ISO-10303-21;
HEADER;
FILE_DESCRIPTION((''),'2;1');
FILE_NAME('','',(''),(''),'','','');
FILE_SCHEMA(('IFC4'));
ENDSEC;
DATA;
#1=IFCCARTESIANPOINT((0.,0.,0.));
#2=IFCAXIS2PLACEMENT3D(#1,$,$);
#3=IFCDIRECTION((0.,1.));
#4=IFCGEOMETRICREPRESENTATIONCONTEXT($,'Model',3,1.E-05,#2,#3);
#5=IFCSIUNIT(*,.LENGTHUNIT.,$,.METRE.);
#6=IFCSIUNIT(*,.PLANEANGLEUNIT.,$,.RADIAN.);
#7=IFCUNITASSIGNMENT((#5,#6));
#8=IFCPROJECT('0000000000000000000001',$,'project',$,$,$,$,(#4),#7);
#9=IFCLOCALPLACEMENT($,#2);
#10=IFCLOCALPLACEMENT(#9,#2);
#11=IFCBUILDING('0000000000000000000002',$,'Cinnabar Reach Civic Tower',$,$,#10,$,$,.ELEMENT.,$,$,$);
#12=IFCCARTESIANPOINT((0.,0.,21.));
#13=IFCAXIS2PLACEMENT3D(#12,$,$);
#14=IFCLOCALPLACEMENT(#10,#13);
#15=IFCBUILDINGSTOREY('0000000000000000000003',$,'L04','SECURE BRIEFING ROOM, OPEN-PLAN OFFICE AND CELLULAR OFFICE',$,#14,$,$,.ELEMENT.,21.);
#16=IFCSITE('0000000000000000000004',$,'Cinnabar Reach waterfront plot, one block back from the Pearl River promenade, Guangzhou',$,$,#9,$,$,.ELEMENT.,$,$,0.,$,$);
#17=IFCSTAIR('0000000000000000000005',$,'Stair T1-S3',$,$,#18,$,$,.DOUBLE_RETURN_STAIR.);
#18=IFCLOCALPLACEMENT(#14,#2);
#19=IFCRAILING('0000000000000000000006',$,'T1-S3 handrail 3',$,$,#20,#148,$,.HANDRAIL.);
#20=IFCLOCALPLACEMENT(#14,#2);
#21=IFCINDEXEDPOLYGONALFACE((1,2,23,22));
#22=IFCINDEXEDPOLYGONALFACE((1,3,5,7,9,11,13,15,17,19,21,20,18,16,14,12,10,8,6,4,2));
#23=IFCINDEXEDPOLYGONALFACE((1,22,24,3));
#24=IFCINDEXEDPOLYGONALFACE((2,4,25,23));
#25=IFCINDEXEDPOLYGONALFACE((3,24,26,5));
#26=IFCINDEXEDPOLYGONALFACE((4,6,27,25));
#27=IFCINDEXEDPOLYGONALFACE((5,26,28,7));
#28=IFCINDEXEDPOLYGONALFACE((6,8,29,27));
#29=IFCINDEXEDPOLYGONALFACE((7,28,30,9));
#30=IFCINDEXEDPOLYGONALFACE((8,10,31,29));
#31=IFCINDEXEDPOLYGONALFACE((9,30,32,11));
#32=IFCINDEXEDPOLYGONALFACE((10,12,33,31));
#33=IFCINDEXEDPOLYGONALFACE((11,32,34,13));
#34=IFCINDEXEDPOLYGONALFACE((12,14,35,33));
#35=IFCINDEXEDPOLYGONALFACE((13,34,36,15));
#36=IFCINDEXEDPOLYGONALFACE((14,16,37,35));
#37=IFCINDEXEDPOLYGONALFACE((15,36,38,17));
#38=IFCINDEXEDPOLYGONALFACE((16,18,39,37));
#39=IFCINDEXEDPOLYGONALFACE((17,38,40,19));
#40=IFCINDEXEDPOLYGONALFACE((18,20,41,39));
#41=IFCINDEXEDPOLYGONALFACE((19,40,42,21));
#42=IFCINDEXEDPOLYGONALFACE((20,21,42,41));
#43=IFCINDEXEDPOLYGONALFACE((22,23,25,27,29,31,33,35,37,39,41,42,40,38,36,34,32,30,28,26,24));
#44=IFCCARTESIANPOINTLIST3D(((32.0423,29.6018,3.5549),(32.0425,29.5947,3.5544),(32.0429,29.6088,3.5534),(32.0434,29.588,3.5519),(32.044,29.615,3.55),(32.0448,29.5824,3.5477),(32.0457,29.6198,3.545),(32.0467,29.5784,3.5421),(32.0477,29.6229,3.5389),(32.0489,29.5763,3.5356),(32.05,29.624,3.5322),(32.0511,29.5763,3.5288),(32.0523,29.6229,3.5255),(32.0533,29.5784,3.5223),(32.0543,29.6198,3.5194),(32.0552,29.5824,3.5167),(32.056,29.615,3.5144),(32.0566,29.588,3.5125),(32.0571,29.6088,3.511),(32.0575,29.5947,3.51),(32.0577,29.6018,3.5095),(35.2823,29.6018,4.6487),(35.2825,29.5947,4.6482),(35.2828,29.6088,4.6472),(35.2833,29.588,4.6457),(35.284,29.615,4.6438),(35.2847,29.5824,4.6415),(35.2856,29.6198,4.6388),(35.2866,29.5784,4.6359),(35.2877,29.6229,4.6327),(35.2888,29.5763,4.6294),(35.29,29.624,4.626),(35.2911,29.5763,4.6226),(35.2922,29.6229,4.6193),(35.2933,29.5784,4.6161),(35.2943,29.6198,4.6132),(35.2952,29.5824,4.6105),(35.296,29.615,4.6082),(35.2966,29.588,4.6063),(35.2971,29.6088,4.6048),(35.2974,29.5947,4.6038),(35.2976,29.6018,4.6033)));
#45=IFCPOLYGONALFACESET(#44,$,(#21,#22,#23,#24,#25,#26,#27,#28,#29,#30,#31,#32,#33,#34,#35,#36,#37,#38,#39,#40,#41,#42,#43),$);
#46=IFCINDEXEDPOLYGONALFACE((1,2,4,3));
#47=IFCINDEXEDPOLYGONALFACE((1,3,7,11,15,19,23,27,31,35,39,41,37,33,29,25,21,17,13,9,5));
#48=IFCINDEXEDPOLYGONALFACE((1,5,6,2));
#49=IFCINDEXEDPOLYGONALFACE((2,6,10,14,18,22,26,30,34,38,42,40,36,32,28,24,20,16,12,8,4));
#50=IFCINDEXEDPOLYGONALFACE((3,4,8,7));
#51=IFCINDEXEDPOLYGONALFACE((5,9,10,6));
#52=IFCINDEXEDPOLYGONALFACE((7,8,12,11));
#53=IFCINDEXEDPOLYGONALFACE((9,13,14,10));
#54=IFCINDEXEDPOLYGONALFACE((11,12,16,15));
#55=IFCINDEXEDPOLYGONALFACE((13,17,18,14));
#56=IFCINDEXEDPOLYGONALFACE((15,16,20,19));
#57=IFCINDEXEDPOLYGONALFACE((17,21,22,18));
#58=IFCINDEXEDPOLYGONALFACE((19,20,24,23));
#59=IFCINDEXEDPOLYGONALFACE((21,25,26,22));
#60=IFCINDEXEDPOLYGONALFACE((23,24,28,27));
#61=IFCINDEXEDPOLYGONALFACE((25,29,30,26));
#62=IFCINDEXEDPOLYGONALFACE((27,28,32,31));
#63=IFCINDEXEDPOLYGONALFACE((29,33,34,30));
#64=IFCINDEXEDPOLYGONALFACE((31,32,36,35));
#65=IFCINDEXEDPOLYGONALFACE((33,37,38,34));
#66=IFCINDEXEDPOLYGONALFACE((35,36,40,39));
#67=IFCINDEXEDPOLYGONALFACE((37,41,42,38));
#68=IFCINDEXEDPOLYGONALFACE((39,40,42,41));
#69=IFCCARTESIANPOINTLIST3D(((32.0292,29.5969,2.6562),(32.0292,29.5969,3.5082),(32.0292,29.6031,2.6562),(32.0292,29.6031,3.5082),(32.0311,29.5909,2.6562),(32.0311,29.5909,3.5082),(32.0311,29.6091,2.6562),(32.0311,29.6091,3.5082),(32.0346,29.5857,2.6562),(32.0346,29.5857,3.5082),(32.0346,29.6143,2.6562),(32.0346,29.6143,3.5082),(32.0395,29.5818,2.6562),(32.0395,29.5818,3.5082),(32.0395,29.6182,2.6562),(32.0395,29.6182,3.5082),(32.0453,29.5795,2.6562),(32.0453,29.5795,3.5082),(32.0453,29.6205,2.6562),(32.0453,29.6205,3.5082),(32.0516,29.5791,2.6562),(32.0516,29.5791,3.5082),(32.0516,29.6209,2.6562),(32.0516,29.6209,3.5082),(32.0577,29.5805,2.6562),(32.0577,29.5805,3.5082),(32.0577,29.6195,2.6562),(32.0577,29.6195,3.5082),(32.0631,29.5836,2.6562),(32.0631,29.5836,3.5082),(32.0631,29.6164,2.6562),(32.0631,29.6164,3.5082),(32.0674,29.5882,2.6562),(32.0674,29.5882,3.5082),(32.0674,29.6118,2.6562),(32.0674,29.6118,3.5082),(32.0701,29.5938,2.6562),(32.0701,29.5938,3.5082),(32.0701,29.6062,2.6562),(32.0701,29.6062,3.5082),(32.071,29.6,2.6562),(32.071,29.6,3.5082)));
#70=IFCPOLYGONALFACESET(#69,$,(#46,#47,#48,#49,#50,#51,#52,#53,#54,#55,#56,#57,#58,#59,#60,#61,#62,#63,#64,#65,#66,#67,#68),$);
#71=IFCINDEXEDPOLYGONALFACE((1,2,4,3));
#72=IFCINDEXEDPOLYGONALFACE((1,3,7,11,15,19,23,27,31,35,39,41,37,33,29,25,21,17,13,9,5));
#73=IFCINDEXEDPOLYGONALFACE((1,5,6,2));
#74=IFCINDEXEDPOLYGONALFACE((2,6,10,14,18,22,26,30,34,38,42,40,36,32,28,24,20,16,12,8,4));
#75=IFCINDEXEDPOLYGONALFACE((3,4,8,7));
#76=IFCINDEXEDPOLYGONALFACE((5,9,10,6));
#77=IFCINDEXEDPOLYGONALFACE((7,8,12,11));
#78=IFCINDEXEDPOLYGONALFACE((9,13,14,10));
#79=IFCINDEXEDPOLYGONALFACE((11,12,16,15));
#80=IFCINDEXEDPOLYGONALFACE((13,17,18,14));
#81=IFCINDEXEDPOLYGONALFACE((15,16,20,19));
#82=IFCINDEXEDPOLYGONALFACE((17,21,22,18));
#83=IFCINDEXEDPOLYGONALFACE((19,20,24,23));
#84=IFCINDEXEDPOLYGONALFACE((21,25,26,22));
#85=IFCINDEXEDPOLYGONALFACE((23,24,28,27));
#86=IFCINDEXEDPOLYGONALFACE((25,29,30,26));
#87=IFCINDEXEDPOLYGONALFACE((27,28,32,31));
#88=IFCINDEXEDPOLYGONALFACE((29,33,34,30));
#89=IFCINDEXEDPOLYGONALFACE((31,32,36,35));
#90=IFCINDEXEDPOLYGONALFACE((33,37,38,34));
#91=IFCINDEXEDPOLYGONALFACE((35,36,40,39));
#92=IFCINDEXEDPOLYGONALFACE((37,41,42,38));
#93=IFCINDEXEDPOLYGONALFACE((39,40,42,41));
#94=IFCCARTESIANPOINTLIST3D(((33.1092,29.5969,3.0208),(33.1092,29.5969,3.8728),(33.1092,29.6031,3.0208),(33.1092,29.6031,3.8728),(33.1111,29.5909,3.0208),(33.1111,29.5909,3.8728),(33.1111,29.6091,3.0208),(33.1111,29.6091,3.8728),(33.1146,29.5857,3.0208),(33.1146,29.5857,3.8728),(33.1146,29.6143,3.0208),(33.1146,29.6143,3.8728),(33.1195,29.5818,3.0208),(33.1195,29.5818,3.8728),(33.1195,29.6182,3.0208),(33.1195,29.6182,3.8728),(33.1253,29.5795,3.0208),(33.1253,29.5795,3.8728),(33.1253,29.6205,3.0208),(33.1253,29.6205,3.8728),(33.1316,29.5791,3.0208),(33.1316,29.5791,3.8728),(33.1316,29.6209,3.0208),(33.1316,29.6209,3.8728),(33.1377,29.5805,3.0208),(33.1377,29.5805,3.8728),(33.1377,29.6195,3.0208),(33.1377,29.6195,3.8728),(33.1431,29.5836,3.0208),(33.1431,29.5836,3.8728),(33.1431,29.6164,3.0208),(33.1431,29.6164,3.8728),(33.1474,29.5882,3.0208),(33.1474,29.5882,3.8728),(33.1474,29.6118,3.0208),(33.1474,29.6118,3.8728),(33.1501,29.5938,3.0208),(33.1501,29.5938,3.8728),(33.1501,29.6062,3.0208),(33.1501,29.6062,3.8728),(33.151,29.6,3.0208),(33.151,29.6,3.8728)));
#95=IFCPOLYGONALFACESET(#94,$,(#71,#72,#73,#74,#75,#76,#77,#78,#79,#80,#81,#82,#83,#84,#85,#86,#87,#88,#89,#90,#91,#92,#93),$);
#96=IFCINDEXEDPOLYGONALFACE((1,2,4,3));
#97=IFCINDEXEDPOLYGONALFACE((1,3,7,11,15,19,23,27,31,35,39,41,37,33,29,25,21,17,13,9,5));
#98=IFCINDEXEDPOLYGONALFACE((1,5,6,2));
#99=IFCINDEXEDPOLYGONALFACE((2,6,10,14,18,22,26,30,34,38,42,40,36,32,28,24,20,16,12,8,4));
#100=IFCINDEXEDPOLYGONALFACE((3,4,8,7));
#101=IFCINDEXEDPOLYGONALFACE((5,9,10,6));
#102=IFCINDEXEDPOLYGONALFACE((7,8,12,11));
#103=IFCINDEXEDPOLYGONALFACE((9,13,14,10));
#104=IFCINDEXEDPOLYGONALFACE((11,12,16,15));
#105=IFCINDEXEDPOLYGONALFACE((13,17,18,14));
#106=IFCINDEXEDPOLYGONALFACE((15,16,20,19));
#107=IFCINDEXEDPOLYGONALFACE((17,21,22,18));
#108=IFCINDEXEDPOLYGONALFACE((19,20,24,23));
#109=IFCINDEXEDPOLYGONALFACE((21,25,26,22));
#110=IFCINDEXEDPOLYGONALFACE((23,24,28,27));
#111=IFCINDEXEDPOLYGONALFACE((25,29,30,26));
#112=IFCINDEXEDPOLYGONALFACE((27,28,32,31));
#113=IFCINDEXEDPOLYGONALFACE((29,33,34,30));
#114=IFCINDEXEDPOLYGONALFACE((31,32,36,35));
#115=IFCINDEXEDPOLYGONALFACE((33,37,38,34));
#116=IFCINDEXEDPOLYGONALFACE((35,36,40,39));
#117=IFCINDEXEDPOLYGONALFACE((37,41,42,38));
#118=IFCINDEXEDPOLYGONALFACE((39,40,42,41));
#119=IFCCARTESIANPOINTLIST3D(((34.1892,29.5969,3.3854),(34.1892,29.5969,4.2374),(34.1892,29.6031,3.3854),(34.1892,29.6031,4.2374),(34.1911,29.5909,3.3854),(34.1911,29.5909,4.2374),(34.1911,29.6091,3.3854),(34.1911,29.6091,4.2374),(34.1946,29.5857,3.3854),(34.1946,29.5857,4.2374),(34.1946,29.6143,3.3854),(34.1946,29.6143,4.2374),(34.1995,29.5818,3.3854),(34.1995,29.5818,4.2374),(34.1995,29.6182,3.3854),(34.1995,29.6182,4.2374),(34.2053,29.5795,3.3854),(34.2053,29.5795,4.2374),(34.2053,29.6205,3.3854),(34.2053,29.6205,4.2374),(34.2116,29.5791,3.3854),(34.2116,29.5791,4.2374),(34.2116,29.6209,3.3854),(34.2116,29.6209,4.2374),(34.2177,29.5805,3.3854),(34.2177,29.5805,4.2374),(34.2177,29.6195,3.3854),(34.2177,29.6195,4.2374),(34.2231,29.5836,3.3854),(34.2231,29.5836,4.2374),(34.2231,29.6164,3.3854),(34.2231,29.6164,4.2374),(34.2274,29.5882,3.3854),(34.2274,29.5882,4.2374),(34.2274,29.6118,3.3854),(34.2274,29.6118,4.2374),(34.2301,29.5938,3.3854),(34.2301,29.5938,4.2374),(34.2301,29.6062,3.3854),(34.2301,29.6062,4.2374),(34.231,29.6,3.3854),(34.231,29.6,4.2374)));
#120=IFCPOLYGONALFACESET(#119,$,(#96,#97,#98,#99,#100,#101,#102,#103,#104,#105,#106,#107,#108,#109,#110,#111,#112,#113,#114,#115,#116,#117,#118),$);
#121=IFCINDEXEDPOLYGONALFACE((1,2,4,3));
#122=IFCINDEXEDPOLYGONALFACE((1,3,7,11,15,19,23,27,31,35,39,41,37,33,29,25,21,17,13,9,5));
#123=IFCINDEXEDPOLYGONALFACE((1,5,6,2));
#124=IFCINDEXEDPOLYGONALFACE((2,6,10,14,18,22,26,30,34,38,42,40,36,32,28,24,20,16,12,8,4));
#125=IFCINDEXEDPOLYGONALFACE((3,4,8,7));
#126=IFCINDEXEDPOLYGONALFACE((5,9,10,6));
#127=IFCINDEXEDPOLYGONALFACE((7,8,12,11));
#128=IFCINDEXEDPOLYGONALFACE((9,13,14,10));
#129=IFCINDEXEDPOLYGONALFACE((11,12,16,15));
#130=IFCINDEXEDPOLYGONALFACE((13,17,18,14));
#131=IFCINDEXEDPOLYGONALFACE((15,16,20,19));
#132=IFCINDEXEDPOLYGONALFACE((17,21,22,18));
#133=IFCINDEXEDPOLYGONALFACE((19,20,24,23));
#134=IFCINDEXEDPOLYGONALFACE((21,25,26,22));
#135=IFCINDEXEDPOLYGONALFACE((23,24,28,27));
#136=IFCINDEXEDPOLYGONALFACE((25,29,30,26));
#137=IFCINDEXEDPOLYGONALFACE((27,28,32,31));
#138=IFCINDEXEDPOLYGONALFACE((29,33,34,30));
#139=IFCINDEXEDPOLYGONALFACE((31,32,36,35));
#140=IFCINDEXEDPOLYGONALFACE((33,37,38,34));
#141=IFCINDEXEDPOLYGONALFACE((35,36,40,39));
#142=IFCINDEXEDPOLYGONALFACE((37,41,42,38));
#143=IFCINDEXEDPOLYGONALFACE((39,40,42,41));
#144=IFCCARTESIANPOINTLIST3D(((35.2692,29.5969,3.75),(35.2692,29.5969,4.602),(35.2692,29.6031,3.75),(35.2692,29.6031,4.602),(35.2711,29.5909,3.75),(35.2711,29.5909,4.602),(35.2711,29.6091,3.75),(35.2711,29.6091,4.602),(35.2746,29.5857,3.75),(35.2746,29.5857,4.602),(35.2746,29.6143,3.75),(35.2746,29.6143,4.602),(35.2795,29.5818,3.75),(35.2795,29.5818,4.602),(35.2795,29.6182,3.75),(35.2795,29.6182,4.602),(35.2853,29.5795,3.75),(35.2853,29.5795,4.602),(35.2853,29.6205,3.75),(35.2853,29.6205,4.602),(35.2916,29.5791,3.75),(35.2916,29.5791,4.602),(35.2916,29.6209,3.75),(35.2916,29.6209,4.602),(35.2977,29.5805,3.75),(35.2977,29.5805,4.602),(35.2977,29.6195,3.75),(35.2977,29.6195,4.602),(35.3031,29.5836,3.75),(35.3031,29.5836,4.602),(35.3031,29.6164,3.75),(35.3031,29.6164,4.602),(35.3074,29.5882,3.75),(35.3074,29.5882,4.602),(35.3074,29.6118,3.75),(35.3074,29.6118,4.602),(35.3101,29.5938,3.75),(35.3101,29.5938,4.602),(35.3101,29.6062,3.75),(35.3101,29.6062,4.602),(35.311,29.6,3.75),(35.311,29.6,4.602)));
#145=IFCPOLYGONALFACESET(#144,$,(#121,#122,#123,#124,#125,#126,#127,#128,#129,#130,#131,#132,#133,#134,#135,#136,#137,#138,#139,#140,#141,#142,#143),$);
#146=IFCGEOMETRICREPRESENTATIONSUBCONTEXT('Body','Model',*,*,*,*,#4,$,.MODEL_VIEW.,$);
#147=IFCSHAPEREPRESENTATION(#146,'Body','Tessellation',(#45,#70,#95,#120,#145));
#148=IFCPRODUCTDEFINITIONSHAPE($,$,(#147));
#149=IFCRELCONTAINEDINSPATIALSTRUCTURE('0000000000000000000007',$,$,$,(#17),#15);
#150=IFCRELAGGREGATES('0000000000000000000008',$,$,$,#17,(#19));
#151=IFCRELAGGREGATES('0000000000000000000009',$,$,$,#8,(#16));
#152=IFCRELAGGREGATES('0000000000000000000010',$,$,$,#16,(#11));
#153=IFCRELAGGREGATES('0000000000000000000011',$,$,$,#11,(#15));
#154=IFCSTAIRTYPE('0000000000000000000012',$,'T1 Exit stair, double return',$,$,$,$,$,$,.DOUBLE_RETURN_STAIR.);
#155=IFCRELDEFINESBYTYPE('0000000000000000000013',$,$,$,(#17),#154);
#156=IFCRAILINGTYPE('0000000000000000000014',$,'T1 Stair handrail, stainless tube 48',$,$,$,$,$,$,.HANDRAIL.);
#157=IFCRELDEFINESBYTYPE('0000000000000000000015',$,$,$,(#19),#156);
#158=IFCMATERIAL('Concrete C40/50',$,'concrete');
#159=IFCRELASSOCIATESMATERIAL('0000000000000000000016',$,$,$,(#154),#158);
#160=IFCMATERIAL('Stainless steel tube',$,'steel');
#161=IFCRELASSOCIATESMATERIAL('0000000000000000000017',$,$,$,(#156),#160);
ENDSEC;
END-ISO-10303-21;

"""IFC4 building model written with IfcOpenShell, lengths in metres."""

from ifc_helpers import new_model, si_unit, direction, frame, origin, origin_2d, place, context, subcontext, project, spatial, circle, extrude, material, type_object, element, aggregate, save


model = new_model("IFC4")

# Units and contexts
model_context = context("Model", 3, precision=1e-05, world=origin(), true_north=direction((0.0, 1.0)))
body_context = subcontext(model_context, "Body", "Model", "MODEL_VIEW")
ifc_project = project(units=[si_unit("LENGTHUNIT", "METRE"), si_unit("PLANEANGLEUNIT", "RADIAN")], contexts=[model_context])

# Site, building, storey
site_placement = place(None, origin())
site = spatial("IfcSite", under=ifc_project, at=site_placement, Name="Cinnabar Reach waterfront plot, one block back from the Pearl River promenade, Guangzhou", CompositionType="ELEMENT", RefElevation=0.0)
building_placement = place(site_placement, origin())
building = spatial("IfcBuilding", under=site, at=building_placement, Name="Cinnabar Reach Civic Tower", CompositionType="ELEMENT")
storey_placement = place(building_placement, frame((0.0, 0.0, 21.0)))
storey = spatial("IfcBuildingStorey", under=building, at=storey_placement, Name="L04", Description="SECURE BRIEFING ROOM, OPEN-PLAN OFFICE AND CELLULAR OFFICE", CompositionType="ELEMENT", Elevation=21.0)

# Stair, railing
ifc_material_1 = material(Name="Concrete C40/50", Category="concrete")
stair_type = type_object("IfcStairType", Name="T1 Exit stair, double return", PredefinedType="DOUBLE_RETURN_STAIR", material=ifc_material_1)
stair_placement = place(storey_placement, origin())
stair = element("IfcStair", 1, at=stair_placement, inside=storey, type_object=stair_type, Name="Stair T1-S3", PredefinedType="DOUBLE_RETURN_STAIR")
ifc_material_2 = material(Name="Stainless steel tube", Category="steel")
railing_type = type_object("IfcRailingType", Name="T1 Stair handrail, stainless tube 48", PredefinedType="HANDRAIL", material=ifc_material_2)
railing_1_placement = place(storey_placement, frame((32.05, 29.6, 2.6562)))
railing_1 = element("IfcRailing", 2, at=railing_1_placement, type_object=railing_type, Name="T1-S3 handrail 3", PredefinedType="HANDRAIL", context=body_context, shape_type="SweptSolid", body=[
    extrude(circle(Radius=0.024, at=origin_2d()), frame((0.0, 0.0, 0.876), z_axis=(0.947466, 0.0, 0.319857), x_axis=(0.0, 1.0, 0.0)), (0.0, 0.0, 1.0), 3.4196),
    extrude(circle(Radius=0.021, at=origin_2d()), origin(), (0.0, 0.0, 1.0), 0.852),
    extrude(circle(Radius=0.021, at=origin_2d()), frame((1.08, 0.0, 0.3646)), (0.0, 0.0, 1.0), 0.852),
    extrude(circle(Radius=0.021, at=origin_2d()), frame((2.16, 0.0, 0.7292)), (0.0, 0.0, 1.0), 0.852),
    extrude(circle(Radius=0.021, at=origin_2d()), frame((3.24, 0.0, 1.0938)), (0.0, 0.0, 1.0), 0.852),
])
aggregate(stair, [railing_1])

save(model, "model.ifc")
